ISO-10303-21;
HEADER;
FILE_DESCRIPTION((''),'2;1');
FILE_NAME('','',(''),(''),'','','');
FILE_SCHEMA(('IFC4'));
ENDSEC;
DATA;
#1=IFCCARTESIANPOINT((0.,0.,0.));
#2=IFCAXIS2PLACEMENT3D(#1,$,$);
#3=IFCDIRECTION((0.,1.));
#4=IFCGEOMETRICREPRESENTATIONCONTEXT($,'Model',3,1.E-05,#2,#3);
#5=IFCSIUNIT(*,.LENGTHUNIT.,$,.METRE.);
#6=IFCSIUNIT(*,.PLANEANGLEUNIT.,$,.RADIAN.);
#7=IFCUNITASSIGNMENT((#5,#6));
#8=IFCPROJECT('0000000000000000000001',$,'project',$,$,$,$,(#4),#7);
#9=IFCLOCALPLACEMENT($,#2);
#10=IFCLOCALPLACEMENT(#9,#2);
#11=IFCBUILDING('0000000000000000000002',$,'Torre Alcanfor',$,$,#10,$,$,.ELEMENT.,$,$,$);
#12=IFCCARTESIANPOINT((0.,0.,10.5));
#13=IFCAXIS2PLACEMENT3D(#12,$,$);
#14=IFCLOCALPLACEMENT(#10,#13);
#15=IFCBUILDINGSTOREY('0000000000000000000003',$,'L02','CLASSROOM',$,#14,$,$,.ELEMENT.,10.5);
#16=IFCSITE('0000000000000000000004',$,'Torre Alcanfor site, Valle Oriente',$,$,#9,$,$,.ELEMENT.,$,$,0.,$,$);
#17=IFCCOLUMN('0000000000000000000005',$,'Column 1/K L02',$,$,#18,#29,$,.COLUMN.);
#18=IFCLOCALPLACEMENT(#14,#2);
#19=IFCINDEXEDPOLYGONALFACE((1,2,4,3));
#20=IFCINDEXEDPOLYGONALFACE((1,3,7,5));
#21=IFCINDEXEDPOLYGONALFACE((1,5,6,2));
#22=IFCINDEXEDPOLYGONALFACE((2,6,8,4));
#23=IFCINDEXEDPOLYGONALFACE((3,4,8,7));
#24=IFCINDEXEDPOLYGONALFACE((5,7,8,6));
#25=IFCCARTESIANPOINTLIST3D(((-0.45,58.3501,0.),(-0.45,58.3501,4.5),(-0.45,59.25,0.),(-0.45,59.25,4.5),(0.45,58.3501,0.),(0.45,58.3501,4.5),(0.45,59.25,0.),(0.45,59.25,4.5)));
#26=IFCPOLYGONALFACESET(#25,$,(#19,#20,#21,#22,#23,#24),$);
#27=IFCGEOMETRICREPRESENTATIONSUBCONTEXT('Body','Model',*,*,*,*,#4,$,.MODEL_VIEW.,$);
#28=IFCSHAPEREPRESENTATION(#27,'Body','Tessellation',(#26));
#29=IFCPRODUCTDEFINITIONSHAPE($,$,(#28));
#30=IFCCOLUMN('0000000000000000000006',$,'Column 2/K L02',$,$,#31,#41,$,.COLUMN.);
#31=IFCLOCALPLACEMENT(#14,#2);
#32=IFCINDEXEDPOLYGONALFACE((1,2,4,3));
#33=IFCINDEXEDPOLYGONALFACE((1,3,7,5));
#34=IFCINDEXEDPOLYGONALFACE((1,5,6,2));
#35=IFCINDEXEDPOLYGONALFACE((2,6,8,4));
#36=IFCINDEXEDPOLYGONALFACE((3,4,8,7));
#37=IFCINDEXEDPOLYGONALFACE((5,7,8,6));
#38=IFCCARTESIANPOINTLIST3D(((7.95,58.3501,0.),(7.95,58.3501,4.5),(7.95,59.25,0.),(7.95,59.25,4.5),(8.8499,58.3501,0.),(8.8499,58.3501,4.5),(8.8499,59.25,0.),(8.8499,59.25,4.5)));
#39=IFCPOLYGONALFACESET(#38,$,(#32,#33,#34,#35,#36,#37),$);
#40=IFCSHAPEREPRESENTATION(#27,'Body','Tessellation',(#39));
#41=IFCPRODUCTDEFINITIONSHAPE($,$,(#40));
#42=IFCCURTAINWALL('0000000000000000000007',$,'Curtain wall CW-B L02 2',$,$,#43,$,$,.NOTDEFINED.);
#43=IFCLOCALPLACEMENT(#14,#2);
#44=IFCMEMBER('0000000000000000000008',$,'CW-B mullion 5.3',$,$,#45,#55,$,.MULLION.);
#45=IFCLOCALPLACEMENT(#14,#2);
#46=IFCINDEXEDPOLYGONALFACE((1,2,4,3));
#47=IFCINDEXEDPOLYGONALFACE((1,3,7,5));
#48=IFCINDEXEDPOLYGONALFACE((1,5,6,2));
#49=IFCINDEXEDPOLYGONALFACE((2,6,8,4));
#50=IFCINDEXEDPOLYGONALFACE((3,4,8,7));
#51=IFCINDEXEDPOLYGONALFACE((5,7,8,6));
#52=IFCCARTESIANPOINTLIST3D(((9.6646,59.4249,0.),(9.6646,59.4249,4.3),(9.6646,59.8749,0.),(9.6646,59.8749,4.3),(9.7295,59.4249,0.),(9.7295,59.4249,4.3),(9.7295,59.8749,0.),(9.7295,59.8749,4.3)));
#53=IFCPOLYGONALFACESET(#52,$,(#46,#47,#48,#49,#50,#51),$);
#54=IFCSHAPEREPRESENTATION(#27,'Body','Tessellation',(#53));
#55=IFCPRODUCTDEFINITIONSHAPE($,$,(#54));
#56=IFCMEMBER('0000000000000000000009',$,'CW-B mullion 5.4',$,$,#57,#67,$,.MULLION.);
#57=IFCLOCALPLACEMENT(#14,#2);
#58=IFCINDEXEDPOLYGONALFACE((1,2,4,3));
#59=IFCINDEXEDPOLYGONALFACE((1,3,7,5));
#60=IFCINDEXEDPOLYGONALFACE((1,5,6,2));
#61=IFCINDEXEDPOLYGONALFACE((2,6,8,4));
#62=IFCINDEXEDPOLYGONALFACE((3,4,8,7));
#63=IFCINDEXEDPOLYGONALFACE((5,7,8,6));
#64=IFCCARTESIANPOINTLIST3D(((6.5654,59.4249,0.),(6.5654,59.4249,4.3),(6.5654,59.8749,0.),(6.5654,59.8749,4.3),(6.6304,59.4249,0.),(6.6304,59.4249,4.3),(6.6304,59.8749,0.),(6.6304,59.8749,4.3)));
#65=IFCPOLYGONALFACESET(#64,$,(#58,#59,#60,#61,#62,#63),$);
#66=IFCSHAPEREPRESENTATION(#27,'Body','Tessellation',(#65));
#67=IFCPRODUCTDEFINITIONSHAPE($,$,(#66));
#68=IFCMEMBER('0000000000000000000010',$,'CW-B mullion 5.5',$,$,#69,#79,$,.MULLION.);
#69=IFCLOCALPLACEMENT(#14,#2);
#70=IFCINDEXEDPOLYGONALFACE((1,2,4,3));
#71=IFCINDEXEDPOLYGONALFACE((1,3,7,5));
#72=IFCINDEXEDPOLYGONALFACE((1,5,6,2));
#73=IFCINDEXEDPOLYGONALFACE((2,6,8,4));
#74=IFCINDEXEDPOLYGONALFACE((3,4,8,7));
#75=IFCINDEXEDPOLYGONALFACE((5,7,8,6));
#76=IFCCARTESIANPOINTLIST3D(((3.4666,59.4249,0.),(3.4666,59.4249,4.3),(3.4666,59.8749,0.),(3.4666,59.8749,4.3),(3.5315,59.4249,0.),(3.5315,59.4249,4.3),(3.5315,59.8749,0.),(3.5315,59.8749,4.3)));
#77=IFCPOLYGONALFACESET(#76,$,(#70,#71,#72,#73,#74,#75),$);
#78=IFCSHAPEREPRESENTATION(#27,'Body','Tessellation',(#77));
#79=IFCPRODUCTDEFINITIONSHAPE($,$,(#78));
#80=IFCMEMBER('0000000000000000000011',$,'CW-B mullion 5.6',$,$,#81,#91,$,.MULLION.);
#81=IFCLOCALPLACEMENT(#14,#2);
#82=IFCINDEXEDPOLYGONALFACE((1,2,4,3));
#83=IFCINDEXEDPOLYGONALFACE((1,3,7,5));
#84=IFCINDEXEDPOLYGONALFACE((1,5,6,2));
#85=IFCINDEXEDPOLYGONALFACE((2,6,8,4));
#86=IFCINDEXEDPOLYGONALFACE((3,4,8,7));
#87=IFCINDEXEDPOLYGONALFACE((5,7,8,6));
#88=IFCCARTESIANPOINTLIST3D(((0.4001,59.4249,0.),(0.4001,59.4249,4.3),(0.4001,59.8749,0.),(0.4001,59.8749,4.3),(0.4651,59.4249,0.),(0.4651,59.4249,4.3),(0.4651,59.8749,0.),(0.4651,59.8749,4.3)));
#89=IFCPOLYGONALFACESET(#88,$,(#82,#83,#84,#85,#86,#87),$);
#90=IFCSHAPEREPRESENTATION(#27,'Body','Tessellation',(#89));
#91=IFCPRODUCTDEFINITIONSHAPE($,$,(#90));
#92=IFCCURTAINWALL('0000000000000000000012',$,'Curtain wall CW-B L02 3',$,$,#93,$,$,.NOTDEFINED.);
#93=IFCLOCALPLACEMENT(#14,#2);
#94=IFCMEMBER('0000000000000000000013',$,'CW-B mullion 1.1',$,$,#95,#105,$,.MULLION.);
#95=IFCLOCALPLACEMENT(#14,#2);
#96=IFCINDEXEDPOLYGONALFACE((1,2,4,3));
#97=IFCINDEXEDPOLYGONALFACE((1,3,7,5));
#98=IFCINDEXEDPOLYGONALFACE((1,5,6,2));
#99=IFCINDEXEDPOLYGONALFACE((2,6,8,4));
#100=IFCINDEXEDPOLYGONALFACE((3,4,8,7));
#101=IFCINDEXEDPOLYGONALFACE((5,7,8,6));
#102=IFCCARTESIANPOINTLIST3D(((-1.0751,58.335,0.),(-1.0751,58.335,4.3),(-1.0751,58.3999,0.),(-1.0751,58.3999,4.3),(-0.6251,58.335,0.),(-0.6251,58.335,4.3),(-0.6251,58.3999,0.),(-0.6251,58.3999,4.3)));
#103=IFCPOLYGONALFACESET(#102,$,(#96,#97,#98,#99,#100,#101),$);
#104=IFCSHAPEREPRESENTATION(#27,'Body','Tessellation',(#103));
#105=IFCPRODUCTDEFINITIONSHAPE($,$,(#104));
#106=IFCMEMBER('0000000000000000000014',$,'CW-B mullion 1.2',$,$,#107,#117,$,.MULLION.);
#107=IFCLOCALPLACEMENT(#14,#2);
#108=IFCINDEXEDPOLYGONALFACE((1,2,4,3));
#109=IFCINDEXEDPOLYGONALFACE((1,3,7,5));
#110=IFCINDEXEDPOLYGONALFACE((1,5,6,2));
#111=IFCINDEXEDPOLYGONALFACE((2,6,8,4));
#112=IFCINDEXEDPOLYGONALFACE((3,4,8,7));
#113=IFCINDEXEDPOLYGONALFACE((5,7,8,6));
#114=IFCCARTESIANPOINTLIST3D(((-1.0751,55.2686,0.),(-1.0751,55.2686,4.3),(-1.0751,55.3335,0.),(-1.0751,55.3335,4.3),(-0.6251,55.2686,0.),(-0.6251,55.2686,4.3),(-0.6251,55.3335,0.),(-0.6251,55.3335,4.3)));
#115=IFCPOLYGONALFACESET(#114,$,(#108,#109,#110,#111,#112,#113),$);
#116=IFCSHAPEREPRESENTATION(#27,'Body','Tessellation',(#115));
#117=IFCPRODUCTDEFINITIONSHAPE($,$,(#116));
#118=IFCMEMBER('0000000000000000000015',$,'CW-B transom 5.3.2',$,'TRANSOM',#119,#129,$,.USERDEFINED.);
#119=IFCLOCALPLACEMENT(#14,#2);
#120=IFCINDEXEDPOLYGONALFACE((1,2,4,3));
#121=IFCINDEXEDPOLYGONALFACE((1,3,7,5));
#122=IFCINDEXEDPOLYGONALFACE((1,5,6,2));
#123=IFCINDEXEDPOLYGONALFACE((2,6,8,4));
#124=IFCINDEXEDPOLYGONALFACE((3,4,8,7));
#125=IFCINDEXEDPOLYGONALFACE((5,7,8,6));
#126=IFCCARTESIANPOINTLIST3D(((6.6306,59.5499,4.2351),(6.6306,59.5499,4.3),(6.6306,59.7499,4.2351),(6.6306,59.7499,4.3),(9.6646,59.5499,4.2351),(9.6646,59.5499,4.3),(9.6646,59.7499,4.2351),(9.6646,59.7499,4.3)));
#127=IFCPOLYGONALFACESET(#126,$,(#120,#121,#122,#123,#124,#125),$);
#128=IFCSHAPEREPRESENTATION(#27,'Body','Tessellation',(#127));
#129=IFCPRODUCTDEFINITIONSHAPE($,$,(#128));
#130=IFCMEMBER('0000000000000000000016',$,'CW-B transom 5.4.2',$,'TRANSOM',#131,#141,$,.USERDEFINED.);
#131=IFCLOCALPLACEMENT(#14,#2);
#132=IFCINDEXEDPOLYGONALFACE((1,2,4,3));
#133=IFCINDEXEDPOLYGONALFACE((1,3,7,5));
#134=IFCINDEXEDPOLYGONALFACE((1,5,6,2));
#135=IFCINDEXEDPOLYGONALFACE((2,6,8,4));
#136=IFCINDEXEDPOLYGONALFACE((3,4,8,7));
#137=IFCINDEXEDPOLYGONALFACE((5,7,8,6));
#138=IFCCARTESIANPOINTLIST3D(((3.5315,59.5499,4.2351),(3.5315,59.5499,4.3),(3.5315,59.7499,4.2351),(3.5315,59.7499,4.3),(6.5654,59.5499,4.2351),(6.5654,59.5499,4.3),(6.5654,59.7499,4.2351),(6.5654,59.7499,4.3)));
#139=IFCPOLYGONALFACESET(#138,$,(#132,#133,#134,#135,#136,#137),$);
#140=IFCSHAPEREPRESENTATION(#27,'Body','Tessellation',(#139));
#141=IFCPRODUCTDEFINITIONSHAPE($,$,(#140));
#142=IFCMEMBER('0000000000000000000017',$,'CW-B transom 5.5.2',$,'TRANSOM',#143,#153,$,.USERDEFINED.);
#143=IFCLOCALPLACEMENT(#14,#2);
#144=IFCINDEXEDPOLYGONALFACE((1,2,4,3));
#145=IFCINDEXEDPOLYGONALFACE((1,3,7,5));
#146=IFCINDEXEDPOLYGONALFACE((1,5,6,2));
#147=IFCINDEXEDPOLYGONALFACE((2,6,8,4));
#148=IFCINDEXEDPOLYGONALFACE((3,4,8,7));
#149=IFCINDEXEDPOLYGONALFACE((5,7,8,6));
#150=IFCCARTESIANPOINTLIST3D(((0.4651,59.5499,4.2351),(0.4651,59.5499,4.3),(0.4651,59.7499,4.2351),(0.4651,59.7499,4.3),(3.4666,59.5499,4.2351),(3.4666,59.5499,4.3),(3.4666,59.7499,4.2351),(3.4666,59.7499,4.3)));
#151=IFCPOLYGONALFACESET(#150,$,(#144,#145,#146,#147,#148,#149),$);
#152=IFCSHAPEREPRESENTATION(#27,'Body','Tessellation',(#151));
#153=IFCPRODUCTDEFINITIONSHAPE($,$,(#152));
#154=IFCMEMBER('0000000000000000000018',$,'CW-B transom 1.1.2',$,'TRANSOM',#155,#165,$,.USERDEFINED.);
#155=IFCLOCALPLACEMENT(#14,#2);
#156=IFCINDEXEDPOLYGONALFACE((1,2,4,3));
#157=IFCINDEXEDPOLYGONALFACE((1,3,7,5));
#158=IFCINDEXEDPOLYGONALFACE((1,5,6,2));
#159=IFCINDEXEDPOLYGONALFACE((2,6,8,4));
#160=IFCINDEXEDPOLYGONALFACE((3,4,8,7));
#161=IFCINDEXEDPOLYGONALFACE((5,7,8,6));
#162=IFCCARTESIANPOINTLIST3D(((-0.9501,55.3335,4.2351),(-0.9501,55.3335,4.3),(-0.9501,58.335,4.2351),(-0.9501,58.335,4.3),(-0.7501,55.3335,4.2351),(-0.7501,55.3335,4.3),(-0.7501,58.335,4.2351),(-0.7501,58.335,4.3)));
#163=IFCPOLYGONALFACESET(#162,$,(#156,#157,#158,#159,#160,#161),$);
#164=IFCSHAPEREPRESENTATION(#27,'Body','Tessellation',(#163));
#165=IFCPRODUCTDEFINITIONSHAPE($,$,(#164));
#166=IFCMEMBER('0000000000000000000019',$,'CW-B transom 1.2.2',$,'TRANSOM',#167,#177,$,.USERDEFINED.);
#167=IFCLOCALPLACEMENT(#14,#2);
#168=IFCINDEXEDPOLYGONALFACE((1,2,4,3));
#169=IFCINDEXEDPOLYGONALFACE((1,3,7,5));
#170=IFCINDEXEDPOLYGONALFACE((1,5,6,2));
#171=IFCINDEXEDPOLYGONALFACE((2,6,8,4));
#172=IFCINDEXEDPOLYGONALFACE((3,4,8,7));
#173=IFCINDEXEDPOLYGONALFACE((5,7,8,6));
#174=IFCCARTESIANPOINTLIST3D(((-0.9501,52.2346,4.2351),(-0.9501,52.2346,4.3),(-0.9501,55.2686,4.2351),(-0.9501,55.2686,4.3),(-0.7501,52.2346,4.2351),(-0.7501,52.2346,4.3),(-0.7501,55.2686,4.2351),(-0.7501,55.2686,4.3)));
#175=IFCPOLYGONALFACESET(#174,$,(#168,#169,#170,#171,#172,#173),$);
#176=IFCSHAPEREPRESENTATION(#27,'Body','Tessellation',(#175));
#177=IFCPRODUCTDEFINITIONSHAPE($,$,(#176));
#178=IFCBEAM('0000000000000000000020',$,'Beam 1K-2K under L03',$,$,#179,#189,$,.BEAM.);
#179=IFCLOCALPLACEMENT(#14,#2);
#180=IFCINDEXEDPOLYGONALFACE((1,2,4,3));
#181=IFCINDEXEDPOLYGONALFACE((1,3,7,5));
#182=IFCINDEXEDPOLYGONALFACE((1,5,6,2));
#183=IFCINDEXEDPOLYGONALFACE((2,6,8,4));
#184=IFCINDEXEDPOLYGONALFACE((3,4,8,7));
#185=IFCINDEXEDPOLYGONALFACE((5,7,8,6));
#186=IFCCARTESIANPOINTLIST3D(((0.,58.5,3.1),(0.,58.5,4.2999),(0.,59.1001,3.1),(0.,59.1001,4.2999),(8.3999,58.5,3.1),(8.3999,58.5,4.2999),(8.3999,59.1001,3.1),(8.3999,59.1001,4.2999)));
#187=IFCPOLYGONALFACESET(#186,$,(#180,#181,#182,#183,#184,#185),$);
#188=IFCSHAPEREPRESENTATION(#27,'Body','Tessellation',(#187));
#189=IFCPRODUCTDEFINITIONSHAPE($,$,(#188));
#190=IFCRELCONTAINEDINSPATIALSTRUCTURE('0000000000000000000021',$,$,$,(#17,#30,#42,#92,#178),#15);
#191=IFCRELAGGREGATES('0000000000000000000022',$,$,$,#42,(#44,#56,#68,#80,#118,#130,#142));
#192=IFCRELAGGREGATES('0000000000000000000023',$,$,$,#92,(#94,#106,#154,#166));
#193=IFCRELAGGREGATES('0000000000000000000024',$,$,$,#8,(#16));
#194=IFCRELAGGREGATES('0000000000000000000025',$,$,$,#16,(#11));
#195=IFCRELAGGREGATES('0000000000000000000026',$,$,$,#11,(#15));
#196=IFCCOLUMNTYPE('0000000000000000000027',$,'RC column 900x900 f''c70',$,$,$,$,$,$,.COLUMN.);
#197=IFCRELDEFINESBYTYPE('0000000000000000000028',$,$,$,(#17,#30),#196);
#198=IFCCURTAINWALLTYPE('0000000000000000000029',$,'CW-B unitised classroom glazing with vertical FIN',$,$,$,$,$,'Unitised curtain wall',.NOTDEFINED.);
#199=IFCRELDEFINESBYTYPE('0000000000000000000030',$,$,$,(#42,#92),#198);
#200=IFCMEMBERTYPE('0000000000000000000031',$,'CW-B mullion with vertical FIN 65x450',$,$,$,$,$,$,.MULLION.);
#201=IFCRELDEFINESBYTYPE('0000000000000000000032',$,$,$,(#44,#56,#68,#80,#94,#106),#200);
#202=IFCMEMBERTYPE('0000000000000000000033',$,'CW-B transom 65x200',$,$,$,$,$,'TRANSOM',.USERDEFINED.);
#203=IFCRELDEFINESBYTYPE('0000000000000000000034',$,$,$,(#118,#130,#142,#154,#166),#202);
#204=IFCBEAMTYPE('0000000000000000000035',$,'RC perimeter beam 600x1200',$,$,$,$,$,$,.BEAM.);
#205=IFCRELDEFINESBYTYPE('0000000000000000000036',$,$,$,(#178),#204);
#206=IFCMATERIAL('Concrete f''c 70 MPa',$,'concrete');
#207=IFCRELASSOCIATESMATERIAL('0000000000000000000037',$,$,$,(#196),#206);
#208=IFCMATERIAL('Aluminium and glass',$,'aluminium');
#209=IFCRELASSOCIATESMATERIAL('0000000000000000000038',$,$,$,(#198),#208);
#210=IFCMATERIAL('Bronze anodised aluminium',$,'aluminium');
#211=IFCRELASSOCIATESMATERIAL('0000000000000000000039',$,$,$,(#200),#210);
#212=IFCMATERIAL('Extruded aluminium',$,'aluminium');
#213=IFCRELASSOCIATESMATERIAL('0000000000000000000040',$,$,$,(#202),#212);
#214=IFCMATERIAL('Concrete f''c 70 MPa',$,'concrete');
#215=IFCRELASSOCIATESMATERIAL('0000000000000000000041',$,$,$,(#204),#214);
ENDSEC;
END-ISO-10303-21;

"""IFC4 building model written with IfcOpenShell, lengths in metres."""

from ifc_helpers import new_model, si_unit, direction, frame, origin, origin_2d, place, context, subcontext, project, spatial, rectangle, extrude, material, material_profile, profile_set, type_object, element, aggregate, save


model = new_model("IFC4")

# Units and contexts
model_context = context("Model", 3, precision=1e-05, world=origin(), true_north=direction((0.0, 1.0)))
body_context = subcontext(model_context, "Body", "Model", "MODEL_VIEW")
ifc_project = project(units=[si_unit("LENGTHUNIT", "METRE"), si_unit("PLANEANGLEUNIT", "RADIAN")], contexts=[model_context])

# Site, building, storey
site_placement = place(None, origin())
site = spatial("IfcSite", under=ifc_project, at=site_placement, Name="Torre Alcanfor site, Valle Oriente", CompositionType="ELEMENT", RefElevation=0.0)
building_placement = place(site_placement, origin())
building = spatial("IfcBuilding", under=site, at=building_placement, Name="Torre Alcanfor", CompositionType="ELEMENT")
storey_placement = place(building_placement, frame((0.0, 0.0, 10.5)))
storey = spatial("IfcBuildingStorey", under=building, at=storey_placement, Name="L02", Description="CLASSROOM", CompositionType="ELEMENT", Elevation=10.5)

# Columns
ifc_material_1 = material(Name="Concrete f'c 70 MPa", Category="concrete")
ifc_material_profile_1 = material_profile(ifc_material_1, rectangle(XDim=0.8999, YDim=0.8999, at=origin_2d()), Name="900x900")
ifc_profile_set_1 = profile_set([ifc_material_profile_1], Name="Concrete f'c 70 MPa")
column_type = type_object("IfcColumnType", Name="RC column 900x900 f'c70", PredefinedType="COLUMN", material=ifc_profile_set_1)
for number, where, z_axis, x_axis, name in (
    (1, (0.0, 58.8, 0.0), (0.0, 0.0, 1.0), (1.0, 0.0, 0.0), "Column 1/K L02"),
    (2, (8.3999, 58.8, 0.0), (0.0, 0.0, 1.0), (1.0, 0.0, 0.0), "Column 2/K L02"),
):
    element("IfcColumn", number, at=place(storey_placement, frame(where, z_axis=z_axis, x_axis=x_axis)), inside=storey, type_object=column_type, Name=name, PredefinedType="COLUMN", context=body_context, shape_type="SweptSolid", body=[
        extrude(rectangle(XDim=0.8999, YDim=0.8999, at=origin_2d()), origin(), (0.0, 0.0, 1.0), 4.5),
    ])

# Curtain walls, members
ifc_material_2 = material(Name="Aluminium and glass", Category="aluminium")
curtain_wall_type = type_object("IfcCurtainWallType", Name="CW-B unitised classroom glazing with vertical FIN", ElementType="Unitised curtain wall", PredefinedType="NOTDEFINED", material=ifc_material_2)
curtain_wall_1_placement = place(storey_placement, origin())
curtain_wall_1 = element("IfcCurtainWall", 3, at=curtain_wall_1_placement, inside=storey, type_object=curtain_wall_type, Name="Curtain wall CW-B L02 2", PredefinedType="NOTDEFINED")
ifc_material_3 = material(Name="Bronze anodised aluminium", Category="aluminium")
ifc_material_profile_2 = material_profile(ifc_material_3, rectangle(XDim=0.45, YDim=0.0649, at=origin_2d()), Name="CW-B mullion 65x450")
ifc_profile_set_2 = profile_set([ifc_material_profile_2], Name="Bronze anodised aluminium")
member_type_1 = type_object("IfcMemberType", Name="CW-B mullion with vertical FIN 65x450", PredefinedType="MULLION", material=ifc_profile_set_2)
member_1_placement = place(storey_placement, frame((9.697, 59.6499, 0.0), z_axis=(0.0, 0.0, 1.0), x_axis=(0.0, -1.0, 0.0)))
member_1 = element("IfcMember", 4, at=member_1_placement, type_object=member_type_1, Name="CW-B mullion 5.3", PredefinedType="MULLION", context=body_context, shape_type="SweptSolid", body=[
    extrude(rectangle(XDim=0.45, YDim=0.0649, at=origin_2d()), origin(), (0.0, 0.0, 1.0), 4.3),
])
member_2_placement = place(storey_placement, frame((6.5979, 59.6499, 0.0), z_axis=(0.0, 0.0, 1.0), x_axis=(0.0, -1.0, 0.0)))
member_2 = element("IfcMember", 5, at=member_2_placement, type_object=member_type_1, Name="CW-B mullion 5.4", PredefinedType="MULLION", context=body_context, shape_type="SweptSolid", body=[
    extrude(rectangle(XDim=0.45, YDim=0.0649, at=origin_2d()), origin(), (0.0, 0.0, 1.0), 4.3),
])
member_3_placement = place(storey_placement, frame((3.499, 59.6499, 0.0), z_axis=(0.0, 0.0, 1.0), x_axis=(0.0, -1.0, 0.0)))
member_3 = element("IfcMember", 6, at=member_3_placement, type_object=member_type_1, Name="CW-B mullion 5.5", PredefinedType="MULLION", context=body_context, shape_type="SweptSolid", body=[
    extrude(rectangle(XDim=0.45, YDim=0.0649, at=origin_2d()), origin(), (0.0, 0.0, 1.0), 4.3),
])
member_4_placement = place(storey_placement, frame((0.4326, 59.6499, 0.0), z_axis=(0.0, 0.0, 1.0), x_axis=(0.0, -1.0, 0.0)))
member_4 = element("IfcMember", 7, at=member_4_placement, type_object=member_type_1, Name="CW-B mullion 5.6", PredefinedType="MULLION", context=body_context, shape_type="SweptSolid", body=[
    extrude(rectangle(XDim=0.45, YDim=0.0649, at=origin_2d()), origin(), (0.0, 0.0, 1.0), 4.3),
])
curtain_wall_2_placement = place(storey_placement, origin())
curtain_wall_2 = element("IfcCurtainWall", 8, at=curtain_wall_2_placement, inside=storey, type_object=curtain_wall_type, Name="Curtain wall CW-B L02 3", PredefinedType="NOTDEFINED")
member_5_placement = place(storey_placement, frame((-0.8501, 58.3674, 0.0), z_axis=(0.0, 0.0, 1.0), x_axis=(1.0, 0.0, 0.0)))
member_5 = element("IfcMember", 9, at=member_5_placement, type_object=member_type_1, Name="CW-B mullion 1.1", PredefinedType="MULLION", context=body_context, shape_type="SweptSolid", body=[
    extrude(rectangle(XDim=0.45, YDim=0.0649, at=origin_2d()), origin(), (0.0, 0.0, 1.0), 4.3),
])
member_6_placement = place(storey_placement, frame((-0.8501, 55.301, 0.0), z_axis=(0.0, 0.0, 1.0), x_axis=(1.0, 0.0, 0.0)))
member_6 = element("IfcMember", 10, at=member_6_placement, type_object=member_type_1, Name="CW-B mullion 1.2", PredefinedType="MULLION", context=body_context, shape_type="SweptSolid", body=[
    extrude(rectangle(XDim=0.45, YDim=0.0649, at=origin_2d()), origin(), (0.0, 0.0, 1.0), 4.3),
])

# Members
ifc_material_4 = material(Name="Extruded aluminium", Category="aluminium")
ifc_material_profile_3 = material_profile(ifc_material_4, rectangle(XDim=0.2, YDim=0.0649, at=origin_2d()), Name="CW-B transom 200x65")
ifc_profile_set_3 = profile_set([ifc_material_profile_3], Name="Extruded aluminium")
member_type_2 = type_object("IfcMemberType", Name="CW-B transom 65x200", ElementType="TRANSOM", PredefinedType="USERDEFINED", material=ifc_profile_set_3)
member_7_placement = place(storey_placement, frame((9.6646, 59.6499, 4.2676), z_axis=(-1.0, 0.0, 0.0), x_axis=(0.0, -1.0, 0.0)))
member_7 = element("IfcMember", 11, at=member_7_placement, type_object=member_type_2, Name="CW-B transom 5.3.2", ObjectType="TRANSOM", PredefinedType="USERDEFINED", context=body_context, shape_type="SweptSolid", body=[
    extrude(rectangle(XDim=0.2, YDim=0.0649, at=origin_2d()), origin(), (0.0, 0.0, 1.0), 3.0339),
])
member_8_placement = place(storey_placement, frame((6.5654, 59.6499, 4.2676), z_axis=(-1.0, 0.0, 0.0), x_axis=(0.0, -1.0, 0.0)))
member_8 = element("IfcMember", 12, at=member_8_placement, type_object=member_type_2, Name="CW-B transom 5.4.2", ObjectType="TRANSOM", PredefinedType="USERDEFINED", context=body_context, shape_type="SweptSolid", body=[
    extrude(rectangle(XDim=0.2, YDim=0.0649, at=origin_2d()), origin(), (0.0, 0.0, 1.0), 3.0339),
])
member_9_placement = place(storey_placement, frame((3.4666, 59.6499, 4.2676), z_axis=(-1.0, 0.0, 0.0), x_axis=(0.0, -1.0, 0.0)))
member_9 = element("IfcMember", 13, at=member_9_placement, type_object=member_type_2, Name="CW-B transom 5.5.2", ObjectType="TRANSOM", PredefinedType="USERDEFINED", context=body_context, shape_type="SweptSolid", body=[
    extrude(rectangle(XDim=0.2, YDim=0.0649, at=origin_2d()), origin(), (0.0, 0.0, 1.0), 3.0015),
])
member_10_placement = place(storey_placement, frame((-0.8501, 58.335, 4.2676), z_axis=(0.0, -1.0, 0.0), x_axis=(1.0, 0.0, 0.0)))
member_10 = element("IfcMember", 14, at=member_10_placement, type_object=member_type_2, Name="CW-B transom 1.1.2", ObjectType="TRANSOM", PredefinedType="USERDEFINED", context=body_context, shape_type="SweptSolid", body=[
    extrude(rectangle(XDim=0.2, YDim=0.0649, at=origin_2d()), origin(), (0.0, 0.0, 1.0), 3.0015),
])
member_11_placement = place(storey_placement, frame((-0.8501, 55.2686, 4.2676), z_axis=(0.0, -1.0, 0.0), x_axis=(1.0, 0.0, 0.0)))
member_11 = element("IfcMember", 15, at=member_11_placement, type_object=member_type_2, Name="CW-B transom 1.2.2", ObjectType="TRANSOM", PredefinedType="USERDEFINED", context=body_context, shape_type="SweptSolid", body=[
    extrude(rectangle(XDim=0.2, YDim=0.0649, at=origin_2d()), origin(), (0.0, 0.0, 1.0), 3.0339),
])

# Beam
ifc_material_5 = material(Name="Concrete f'c 70 MPa", Category="concrete")
ifc_material_profile_4 = material_profile(ifc_material_5, rectangle(XDim=0.6001, YDim=1.2, at=origin_2d()), Name="600x1200")
ifc_profile_set_4 = profile_set([ifc_material_profile_4], Name="Concrete f'c 70 MPa")
beam_type = type_object("IfcBeamType", Name="RC perimeter beam 600x1200", PredefinedType="BEAM", material=ifc_profile_set_4)
beam_1_placement = place(storey_placement, frame((0.0, 58.8, 3.7), z_axis=(1.0, 0.0, 0.0), x_axis=(0.0, 1.0, 0.0)))
element("IfcBeam", 16, at=beam_1_placement, inside=storey, type_object=beam_type, Name="Beam 1K-2K under L03", PredefinedType="BEAM", context=body_context, shape_type="SweptSolid", body=[
    extrude(rectangle(XDim=0.6001, YDim=1.2, at=origin_2d()), origin(), (0.0, 0.0, 1.0), 8.3999),
])

aggregate(curtain_wall_1, [member_1, member_2, member_3, member_4, member_7, member_8, member_9])
aggregate(curtain_wall_2, [member_5, member_6, member_10, member_11])

save(model, "model.ifc")
